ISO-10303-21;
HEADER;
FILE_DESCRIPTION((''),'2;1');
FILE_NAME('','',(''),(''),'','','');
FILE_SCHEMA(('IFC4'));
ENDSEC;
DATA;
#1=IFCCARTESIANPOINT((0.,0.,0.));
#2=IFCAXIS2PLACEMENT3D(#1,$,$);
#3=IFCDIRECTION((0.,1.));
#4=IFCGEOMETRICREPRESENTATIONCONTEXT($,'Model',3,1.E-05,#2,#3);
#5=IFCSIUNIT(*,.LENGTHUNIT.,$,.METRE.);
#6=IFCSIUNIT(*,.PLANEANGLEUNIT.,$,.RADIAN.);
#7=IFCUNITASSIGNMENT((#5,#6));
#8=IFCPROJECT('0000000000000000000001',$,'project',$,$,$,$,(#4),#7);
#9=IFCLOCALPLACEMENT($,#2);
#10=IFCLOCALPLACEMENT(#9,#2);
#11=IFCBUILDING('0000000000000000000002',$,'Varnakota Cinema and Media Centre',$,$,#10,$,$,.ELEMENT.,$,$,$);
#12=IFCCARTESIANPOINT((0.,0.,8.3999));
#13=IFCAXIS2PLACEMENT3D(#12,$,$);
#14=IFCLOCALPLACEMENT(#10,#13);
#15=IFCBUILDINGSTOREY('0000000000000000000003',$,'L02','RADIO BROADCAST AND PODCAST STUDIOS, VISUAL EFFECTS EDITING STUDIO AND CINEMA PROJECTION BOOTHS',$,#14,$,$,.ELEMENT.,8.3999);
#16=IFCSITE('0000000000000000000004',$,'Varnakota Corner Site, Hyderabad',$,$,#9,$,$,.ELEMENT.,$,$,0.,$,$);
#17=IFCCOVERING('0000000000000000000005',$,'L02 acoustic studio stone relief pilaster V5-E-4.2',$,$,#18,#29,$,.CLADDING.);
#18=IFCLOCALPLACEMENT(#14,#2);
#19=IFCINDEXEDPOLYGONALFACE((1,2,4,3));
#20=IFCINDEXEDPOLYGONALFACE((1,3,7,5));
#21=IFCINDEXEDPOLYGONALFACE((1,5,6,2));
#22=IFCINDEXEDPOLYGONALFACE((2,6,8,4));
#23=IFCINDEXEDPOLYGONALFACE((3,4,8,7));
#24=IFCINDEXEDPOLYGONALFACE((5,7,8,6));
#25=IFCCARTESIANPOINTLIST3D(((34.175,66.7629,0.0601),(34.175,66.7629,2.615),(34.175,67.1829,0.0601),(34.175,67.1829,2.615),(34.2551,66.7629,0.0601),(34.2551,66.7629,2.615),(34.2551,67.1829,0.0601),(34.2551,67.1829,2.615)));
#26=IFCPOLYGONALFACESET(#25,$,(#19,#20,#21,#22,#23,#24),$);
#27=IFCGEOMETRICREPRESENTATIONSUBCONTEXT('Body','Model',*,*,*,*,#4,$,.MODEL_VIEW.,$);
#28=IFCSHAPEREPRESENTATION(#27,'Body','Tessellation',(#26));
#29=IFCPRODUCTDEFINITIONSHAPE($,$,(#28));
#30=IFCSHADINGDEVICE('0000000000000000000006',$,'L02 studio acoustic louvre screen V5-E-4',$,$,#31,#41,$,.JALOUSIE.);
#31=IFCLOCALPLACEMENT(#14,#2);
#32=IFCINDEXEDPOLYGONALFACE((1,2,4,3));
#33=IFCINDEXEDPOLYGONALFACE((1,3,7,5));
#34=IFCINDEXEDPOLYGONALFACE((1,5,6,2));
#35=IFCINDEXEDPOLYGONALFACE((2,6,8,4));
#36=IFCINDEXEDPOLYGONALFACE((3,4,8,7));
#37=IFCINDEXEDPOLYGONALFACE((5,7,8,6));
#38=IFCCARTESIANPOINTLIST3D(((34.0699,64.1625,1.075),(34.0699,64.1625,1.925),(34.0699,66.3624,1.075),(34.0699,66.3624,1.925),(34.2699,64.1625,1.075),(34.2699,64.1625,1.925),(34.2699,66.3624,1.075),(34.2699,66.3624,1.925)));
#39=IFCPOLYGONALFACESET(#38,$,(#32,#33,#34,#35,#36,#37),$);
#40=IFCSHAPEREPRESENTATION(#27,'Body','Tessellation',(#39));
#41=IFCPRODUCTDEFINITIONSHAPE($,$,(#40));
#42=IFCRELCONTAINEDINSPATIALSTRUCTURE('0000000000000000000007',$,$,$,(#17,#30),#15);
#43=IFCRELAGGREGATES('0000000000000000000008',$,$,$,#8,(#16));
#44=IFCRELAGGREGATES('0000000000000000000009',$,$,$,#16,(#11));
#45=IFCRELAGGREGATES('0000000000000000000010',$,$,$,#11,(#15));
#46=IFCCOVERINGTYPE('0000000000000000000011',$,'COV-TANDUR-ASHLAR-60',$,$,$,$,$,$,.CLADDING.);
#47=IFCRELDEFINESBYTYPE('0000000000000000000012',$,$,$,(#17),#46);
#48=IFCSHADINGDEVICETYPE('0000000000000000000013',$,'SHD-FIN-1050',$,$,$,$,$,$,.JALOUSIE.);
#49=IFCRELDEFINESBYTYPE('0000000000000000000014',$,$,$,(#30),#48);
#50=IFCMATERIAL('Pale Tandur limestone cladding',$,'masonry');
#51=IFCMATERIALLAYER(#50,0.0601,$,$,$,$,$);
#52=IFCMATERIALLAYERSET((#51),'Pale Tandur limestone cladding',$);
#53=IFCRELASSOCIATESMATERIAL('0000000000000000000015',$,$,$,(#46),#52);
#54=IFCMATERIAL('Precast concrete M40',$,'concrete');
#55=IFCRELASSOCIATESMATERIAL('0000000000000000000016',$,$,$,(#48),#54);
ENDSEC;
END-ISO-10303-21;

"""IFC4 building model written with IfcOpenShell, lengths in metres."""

from ifc_helpers import new_model, si_unit, direction, frame, origin, origin_2d, place, context, subcontext, project, spatial, rectangle, extrude, material, layer, layer_set, type_object, element, save


model = new_model("IFC4")

# Units and contexts
model_context = context("Model", 3, precision=1e-05, world=origin(), true_north=direction((0.0, 1.0)))
body_context = subcontext(model_context, "Body", "Model", "MODEL_VIEW")
ifc_project = project(units=[si_unit("LENGTHUNIT", "METRE"), si_unit("PLANEANGLEUNIT", "RADIAN")], contexts=[model_context])

# Site, building, storey
site_placement = place(None, origin())
site = spatial("IfcSite", under=ifc_project, at=site_placement, Name="Varnakota Corner Site, Hyderabad", CompositionType="ELEMENT", RefElevation=0.0)
building_placement = place(site_placement, origin())
building = spatial("IfcBuilding", under=site, at=building_placement, Name="Varnakota Cinema and Media Centre", CompositionType="ELEMENT")
storey_placement = place(building_placement, frame((0.0, 0.0, 8.3999)))
storey = spatial("IfcBuildingStorey", under=building, at=storey_placement, Name="L02", Description="RADIO BROADCAST AND PODCAST STUDIOS, VISUAL EFFECTS EDITING STUDIO AND CINEMA PROJECTION BOOTHS", CompositionType="ELEMENT", Elevation=8.3999)

# Covering
ifc_material_1 = material(Name="Pale Tandur limestone cladding", Category="masonry")
ifc_layer_1 = layer(ifc_material_1, 0.0601)
ifc_layer_set_1 = layer_set([ifc_layer_1], Name="Pale Tandur limestone cladding")
covering_type = type_object("IfcCoveringType", Name="COV-TANDUR-ASHLAR-60", PredefinedType="CLADDING", material=ifc_layer_set_1)
covering_placement = place(storey_placement, frame((34.2151, 66.9729, 0.0601), z_axis=(0.0, 0.0, 1.0), x_axis=(0.0, 1.0, 0.0)))
element("IfcCovering", 1, at=covering_placement, inside=storey, type_object=covering_type, Name="L02 acoustic studio stone relief pilaster V5-E-4.2", PredefinedType="CLADDING", context=body_context, shape_type="SweptSolid", body=[
    extrude(rectangle(XDim=0.4199, YDim=0.0801, at=origin_2d()), origin(), (0.0, 0.0, 1.0), 2.5549),
])

# Shading device
ifc_material_2 = material(Name="Precast concrete M40", Category="concrete")
shading_device_type = type_object("IfcShadingDeviceType", Name="SHD-FIN-1050", PredefinedType="JALOUSIE", material=ifc_material_2)
shading_device_placement = place(storey_placement, frame((34.1699, 65.2625, 1.075), z_axis=(0.0, 0.0, 1.0), x_axis=(0.0, 1.0, 0.0)))
element("IfcShadingDevice", 2, at=shading_device_placement, inside=storey, type_object=shading_device_type, Name="L02 studio acoustic louvre screen V5-E-4", PredefinedType="JALOUSIE", context=body_context, shape_type="SweptSolid", body=[
    extrude(rectangle(XDim=2.2, YDim=0.2, at=origin_2d()), origin(), (0.0, 0.0, 1.0), 0.8501),
])

save(model, "model.ifc")
